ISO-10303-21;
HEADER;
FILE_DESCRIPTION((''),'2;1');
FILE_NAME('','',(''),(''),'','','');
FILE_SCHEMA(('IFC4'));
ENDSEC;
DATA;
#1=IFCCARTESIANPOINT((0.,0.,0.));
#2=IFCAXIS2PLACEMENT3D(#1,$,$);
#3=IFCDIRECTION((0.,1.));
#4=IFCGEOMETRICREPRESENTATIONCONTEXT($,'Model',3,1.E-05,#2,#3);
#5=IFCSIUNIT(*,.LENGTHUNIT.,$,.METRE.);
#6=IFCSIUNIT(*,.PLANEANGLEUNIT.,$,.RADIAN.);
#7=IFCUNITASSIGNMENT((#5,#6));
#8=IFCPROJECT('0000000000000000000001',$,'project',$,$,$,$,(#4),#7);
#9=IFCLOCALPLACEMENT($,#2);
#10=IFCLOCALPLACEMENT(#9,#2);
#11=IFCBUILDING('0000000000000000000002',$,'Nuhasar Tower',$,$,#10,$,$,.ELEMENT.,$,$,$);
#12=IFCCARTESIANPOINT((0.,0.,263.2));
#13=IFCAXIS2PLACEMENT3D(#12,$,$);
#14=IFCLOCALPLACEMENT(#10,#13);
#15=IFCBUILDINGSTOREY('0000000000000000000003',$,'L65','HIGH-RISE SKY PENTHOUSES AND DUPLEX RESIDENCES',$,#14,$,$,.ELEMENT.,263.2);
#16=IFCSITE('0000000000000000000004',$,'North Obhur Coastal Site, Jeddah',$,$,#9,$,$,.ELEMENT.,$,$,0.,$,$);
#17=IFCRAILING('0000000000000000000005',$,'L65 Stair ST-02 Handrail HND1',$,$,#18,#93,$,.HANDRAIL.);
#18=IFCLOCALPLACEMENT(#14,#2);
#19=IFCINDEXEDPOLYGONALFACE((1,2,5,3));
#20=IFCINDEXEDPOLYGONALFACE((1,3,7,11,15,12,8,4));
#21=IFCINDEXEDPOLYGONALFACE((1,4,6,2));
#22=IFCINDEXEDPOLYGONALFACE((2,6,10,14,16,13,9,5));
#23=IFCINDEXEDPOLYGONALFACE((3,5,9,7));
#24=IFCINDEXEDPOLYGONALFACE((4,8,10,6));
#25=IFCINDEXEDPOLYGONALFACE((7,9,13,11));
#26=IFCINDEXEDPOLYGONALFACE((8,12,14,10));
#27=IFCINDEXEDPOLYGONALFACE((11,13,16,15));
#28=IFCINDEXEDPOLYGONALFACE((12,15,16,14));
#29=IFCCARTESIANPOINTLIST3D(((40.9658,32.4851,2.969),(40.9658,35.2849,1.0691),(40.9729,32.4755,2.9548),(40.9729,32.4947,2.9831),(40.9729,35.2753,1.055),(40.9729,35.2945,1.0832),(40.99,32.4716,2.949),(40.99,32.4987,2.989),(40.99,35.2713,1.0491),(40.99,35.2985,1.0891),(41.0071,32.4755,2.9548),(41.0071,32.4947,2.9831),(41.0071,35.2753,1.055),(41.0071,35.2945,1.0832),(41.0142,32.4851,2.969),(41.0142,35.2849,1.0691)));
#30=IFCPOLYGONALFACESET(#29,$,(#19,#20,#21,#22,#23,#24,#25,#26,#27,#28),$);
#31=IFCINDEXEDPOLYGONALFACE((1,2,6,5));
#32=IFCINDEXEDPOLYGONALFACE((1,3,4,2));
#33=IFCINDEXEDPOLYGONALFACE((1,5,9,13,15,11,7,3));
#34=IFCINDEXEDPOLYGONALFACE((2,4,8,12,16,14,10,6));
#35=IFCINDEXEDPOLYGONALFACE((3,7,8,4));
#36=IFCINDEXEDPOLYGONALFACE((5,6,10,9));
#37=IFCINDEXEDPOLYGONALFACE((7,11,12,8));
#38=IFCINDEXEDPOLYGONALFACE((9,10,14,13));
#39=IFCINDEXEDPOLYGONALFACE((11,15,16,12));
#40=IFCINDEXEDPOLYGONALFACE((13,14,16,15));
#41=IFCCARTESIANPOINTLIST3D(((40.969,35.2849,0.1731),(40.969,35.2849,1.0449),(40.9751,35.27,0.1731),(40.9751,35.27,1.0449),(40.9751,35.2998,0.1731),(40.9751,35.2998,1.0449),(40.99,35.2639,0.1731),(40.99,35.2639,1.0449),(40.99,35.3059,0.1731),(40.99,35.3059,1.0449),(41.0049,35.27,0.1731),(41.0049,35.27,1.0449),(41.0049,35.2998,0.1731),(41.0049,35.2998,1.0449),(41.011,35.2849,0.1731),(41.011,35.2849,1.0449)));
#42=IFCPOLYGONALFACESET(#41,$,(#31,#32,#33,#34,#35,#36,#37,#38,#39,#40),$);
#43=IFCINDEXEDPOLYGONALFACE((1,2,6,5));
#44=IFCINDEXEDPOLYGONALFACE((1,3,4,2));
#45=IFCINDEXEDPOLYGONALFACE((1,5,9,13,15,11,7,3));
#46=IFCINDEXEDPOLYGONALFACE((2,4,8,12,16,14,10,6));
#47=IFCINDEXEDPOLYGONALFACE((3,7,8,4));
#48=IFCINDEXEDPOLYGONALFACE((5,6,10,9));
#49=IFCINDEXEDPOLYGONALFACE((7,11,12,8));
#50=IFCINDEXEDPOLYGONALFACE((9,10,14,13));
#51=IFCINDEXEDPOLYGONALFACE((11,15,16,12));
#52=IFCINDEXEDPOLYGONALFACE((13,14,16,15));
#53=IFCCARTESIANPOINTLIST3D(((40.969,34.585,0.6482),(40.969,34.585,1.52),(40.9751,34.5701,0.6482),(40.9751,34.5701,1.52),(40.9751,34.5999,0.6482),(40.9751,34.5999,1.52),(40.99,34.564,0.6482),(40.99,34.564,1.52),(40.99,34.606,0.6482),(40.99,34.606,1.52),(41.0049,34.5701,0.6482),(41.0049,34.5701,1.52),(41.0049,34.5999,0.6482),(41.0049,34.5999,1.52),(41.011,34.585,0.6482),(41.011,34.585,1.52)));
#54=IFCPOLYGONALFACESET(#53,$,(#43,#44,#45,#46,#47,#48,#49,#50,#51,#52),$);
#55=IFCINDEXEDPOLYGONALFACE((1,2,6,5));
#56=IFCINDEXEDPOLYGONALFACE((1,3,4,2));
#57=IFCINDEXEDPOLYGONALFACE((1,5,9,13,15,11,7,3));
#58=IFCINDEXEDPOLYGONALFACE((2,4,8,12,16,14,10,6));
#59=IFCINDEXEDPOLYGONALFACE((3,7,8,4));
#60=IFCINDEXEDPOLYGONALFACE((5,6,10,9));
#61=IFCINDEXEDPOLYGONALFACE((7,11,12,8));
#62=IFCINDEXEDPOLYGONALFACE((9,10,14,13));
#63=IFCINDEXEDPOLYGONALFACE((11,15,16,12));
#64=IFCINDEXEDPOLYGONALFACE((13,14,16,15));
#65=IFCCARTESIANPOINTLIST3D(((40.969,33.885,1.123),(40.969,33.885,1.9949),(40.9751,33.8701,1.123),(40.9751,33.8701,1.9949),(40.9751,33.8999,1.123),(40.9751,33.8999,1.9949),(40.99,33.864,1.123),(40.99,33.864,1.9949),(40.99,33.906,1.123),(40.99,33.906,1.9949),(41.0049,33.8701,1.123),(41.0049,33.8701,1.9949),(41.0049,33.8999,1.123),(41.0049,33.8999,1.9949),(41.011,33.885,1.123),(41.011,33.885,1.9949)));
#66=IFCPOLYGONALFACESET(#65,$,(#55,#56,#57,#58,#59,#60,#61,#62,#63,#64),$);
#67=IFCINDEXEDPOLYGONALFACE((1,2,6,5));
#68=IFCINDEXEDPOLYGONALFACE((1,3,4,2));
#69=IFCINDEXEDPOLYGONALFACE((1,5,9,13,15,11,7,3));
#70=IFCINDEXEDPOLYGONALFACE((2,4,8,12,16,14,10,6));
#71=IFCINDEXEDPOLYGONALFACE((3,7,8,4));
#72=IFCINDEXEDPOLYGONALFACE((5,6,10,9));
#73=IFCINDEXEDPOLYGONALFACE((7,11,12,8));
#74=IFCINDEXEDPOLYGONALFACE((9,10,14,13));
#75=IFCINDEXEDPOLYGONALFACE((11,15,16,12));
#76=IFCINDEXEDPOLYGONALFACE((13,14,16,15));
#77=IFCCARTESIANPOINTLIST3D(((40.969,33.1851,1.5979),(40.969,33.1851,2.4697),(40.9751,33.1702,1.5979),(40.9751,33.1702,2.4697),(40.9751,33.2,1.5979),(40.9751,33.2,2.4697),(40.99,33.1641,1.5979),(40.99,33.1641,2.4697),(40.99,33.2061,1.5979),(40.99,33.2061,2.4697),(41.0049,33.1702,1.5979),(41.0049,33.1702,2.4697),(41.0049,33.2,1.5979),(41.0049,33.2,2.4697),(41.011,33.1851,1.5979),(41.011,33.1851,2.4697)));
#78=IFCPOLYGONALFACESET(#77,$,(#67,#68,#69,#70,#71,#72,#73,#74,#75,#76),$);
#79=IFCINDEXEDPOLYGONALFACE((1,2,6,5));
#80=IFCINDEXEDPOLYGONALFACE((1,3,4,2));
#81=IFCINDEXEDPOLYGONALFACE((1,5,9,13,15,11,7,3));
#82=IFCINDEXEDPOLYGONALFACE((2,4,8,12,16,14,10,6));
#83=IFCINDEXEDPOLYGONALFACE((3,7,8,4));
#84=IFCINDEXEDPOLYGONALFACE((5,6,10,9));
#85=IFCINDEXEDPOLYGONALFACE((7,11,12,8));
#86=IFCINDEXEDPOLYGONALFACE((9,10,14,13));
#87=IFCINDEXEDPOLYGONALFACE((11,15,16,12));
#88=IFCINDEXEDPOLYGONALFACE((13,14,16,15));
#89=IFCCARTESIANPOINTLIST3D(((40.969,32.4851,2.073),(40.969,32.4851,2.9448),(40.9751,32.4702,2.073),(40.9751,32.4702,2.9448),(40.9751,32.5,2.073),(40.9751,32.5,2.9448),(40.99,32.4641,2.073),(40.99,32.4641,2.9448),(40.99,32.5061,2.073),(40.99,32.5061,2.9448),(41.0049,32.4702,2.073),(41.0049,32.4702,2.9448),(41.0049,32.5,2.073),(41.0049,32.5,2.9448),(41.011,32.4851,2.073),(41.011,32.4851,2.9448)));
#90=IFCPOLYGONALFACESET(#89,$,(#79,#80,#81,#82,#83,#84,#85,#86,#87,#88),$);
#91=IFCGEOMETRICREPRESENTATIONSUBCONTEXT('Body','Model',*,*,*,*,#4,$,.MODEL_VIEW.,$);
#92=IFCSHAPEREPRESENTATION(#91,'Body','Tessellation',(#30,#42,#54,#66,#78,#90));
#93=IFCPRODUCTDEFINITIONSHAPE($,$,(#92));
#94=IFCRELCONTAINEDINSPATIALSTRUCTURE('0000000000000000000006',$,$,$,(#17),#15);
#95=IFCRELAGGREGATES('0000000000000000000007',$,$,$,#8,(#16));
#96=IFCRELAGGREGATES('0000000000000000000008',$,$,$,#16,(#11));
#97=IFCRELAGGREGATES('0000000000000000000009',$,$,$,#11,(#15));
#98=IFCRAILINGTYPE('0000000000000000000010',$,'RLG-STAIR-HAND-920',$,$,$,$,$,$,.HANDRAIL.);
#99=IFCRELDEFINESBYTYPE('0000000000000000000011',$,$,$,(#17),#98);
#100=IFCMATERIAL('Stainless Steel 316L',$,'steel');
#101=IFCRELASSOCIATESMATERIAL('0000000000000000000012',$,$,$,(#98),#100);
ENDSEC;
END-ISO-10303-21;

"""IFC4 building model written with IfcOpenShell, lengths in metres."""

from ifc_helpers import new_model, si_unit, direction, frame, origin, place, context, subcontext, project, spatial, polyline, outline, extrude, material, type_object, element, save


model = new_model("IFC4")

# Units and contexts
model_context = context("Model", 3, precision=1e-05, world=origin(), true_north=direction((0.0, 1.0)))
body_context = subcontext(model_context, "Body", "Model", "MODEL_VIEW")
ifc_project = project(units=[si_unit("LENGTHUNIT", "METRE"), si_unit("PLANEANGLEUNIT", "RADIAN")], contexts=[model_context])

# Site, building, storey
site_placement = place(None, origin())
site = spatial("IfcSite", under=ifc_project, at=site_placement, Name="North Obhur Coastal Site, Jeddah", CompositionType="ELEMENT", RefElevation=0.0)
building_placement = place(site_placement, origin())
building = spatial("IfcBuilding", under=site, at=building_placement, Name="Nuhasar Tower", CompositionType="ELEMENT")
storey_placement = place(building_placement, frame((0.0, 0.0, 263.2)))
storey = spatial("IfcBuildingStorey", under=building, at=storey_placement, Name="L65", Description="HIGH-RISE SKY PENTHOUSES AND DUPLEX RESIDENCES", CompositionType="ELEMENT", Elevation=263.2)

# Railing
ifc_material_1 = material(Name="Stainless Steel 316L", Category="steel")
railing_type_1 = type_object("IfcRailingType", Name="RLG-STAIR-HAND-920", PredefinedType="HANDRAIL", material=ifc_material_1)
railing_1_placement = place(storey_placement, frame((40.99, 35.2849, 0.1731)))
element("IfcRailing", 1, at=railing_1_placement, inside=storey, type_object=railing_type_1, Name="L65 Stair ST-02 Handrail HND1", PredefinedType="HANDRAIL", context=body_context, shape_type="SweptSolid", body=[
    extrude(outline(polyline([(0.0242, 0.0), (0.0171, 0.0171), (0.0, 0.0242), (-0.0171, 0.0171), (-0.0242, 0.0), (-0.0171, -0.0171), (0.0, -0.0242), (0.0171, -0.0171), (0.0242, 0.0)])), frame((0.0, 0.0, 0.896), z_axis=(0.0, -0.827471, 0.561508), x_axis=(1.0, 0.0, 0.0)), (0.0, 0.0, 1.0), 3.3835),
    extrude(outline(polyline([(0.021, 0.0), (0.0149, 0.0149), (0.0, 0.021), (-0.0149, 0.0149), (-0.021, 0.0), (-0.0149, -0.0149), (0.0, -0.021), (0.0149, -0.0149), (0.021, 0.0)])), origin(), (0.0, 0.0, 1.0), 0.8718),
    extrude(outline(polyline([(0.021, 0.0), (0.0149, 0.0149), (0.0, 0.021), (-0.0149, 0.0149), (-0.021, 0.0), (-0.0149, -0.0149), (0.0, -0.021), (0.0149, -0.0149), (0.021, 0.0)])), frame((0.0, -0.7, 0.4751)), (0.0, 0.0, 1.0), 0.8718),
    extrude(outline(polyline([(0.021, 0.0), (0.0149, 0.0149), (0.0, 0.021), (-0.0149, 0.0149), (-0.021, 0.0), (-0.0149, -0.0149), (0.0, -0.021), (0.0149, -0.0149), (0.021, 0.0)])), frame((0.0, -1.3999, 0.95)), (0.0, 0.0, 1.0), 0.8718),
    extrude(outline(polyline([(0.021, 0.0), (0.0149, 0.0149), (0.0, 0.021), (-0.0149, 0.0149), (-0.021, 0.0), (-0.0149, -0.0149), (0.0, -0.021), (0.0149, -0.0149), (0.021, 0.0)])), frame((0.0, -2.0999, 1.4248)), (0.0, 0.0, 1.0), 0.8718),
    extrude(outline(polyline([(0.021, 0.0), (0.0149, 0.0149), (0.0, 0.021), (-0.0149, 0.0149), (-0.021, 0.0), (-0.0149, -0.0149), (0.0, -0.021), (0.0149, -0.0149), (0.021, 0.0)])), frame((0.0, -2.7998, 1.8999)), (0.0, 0.0, 1.0), 0.8718),
])

save(model, "model.ifc")
